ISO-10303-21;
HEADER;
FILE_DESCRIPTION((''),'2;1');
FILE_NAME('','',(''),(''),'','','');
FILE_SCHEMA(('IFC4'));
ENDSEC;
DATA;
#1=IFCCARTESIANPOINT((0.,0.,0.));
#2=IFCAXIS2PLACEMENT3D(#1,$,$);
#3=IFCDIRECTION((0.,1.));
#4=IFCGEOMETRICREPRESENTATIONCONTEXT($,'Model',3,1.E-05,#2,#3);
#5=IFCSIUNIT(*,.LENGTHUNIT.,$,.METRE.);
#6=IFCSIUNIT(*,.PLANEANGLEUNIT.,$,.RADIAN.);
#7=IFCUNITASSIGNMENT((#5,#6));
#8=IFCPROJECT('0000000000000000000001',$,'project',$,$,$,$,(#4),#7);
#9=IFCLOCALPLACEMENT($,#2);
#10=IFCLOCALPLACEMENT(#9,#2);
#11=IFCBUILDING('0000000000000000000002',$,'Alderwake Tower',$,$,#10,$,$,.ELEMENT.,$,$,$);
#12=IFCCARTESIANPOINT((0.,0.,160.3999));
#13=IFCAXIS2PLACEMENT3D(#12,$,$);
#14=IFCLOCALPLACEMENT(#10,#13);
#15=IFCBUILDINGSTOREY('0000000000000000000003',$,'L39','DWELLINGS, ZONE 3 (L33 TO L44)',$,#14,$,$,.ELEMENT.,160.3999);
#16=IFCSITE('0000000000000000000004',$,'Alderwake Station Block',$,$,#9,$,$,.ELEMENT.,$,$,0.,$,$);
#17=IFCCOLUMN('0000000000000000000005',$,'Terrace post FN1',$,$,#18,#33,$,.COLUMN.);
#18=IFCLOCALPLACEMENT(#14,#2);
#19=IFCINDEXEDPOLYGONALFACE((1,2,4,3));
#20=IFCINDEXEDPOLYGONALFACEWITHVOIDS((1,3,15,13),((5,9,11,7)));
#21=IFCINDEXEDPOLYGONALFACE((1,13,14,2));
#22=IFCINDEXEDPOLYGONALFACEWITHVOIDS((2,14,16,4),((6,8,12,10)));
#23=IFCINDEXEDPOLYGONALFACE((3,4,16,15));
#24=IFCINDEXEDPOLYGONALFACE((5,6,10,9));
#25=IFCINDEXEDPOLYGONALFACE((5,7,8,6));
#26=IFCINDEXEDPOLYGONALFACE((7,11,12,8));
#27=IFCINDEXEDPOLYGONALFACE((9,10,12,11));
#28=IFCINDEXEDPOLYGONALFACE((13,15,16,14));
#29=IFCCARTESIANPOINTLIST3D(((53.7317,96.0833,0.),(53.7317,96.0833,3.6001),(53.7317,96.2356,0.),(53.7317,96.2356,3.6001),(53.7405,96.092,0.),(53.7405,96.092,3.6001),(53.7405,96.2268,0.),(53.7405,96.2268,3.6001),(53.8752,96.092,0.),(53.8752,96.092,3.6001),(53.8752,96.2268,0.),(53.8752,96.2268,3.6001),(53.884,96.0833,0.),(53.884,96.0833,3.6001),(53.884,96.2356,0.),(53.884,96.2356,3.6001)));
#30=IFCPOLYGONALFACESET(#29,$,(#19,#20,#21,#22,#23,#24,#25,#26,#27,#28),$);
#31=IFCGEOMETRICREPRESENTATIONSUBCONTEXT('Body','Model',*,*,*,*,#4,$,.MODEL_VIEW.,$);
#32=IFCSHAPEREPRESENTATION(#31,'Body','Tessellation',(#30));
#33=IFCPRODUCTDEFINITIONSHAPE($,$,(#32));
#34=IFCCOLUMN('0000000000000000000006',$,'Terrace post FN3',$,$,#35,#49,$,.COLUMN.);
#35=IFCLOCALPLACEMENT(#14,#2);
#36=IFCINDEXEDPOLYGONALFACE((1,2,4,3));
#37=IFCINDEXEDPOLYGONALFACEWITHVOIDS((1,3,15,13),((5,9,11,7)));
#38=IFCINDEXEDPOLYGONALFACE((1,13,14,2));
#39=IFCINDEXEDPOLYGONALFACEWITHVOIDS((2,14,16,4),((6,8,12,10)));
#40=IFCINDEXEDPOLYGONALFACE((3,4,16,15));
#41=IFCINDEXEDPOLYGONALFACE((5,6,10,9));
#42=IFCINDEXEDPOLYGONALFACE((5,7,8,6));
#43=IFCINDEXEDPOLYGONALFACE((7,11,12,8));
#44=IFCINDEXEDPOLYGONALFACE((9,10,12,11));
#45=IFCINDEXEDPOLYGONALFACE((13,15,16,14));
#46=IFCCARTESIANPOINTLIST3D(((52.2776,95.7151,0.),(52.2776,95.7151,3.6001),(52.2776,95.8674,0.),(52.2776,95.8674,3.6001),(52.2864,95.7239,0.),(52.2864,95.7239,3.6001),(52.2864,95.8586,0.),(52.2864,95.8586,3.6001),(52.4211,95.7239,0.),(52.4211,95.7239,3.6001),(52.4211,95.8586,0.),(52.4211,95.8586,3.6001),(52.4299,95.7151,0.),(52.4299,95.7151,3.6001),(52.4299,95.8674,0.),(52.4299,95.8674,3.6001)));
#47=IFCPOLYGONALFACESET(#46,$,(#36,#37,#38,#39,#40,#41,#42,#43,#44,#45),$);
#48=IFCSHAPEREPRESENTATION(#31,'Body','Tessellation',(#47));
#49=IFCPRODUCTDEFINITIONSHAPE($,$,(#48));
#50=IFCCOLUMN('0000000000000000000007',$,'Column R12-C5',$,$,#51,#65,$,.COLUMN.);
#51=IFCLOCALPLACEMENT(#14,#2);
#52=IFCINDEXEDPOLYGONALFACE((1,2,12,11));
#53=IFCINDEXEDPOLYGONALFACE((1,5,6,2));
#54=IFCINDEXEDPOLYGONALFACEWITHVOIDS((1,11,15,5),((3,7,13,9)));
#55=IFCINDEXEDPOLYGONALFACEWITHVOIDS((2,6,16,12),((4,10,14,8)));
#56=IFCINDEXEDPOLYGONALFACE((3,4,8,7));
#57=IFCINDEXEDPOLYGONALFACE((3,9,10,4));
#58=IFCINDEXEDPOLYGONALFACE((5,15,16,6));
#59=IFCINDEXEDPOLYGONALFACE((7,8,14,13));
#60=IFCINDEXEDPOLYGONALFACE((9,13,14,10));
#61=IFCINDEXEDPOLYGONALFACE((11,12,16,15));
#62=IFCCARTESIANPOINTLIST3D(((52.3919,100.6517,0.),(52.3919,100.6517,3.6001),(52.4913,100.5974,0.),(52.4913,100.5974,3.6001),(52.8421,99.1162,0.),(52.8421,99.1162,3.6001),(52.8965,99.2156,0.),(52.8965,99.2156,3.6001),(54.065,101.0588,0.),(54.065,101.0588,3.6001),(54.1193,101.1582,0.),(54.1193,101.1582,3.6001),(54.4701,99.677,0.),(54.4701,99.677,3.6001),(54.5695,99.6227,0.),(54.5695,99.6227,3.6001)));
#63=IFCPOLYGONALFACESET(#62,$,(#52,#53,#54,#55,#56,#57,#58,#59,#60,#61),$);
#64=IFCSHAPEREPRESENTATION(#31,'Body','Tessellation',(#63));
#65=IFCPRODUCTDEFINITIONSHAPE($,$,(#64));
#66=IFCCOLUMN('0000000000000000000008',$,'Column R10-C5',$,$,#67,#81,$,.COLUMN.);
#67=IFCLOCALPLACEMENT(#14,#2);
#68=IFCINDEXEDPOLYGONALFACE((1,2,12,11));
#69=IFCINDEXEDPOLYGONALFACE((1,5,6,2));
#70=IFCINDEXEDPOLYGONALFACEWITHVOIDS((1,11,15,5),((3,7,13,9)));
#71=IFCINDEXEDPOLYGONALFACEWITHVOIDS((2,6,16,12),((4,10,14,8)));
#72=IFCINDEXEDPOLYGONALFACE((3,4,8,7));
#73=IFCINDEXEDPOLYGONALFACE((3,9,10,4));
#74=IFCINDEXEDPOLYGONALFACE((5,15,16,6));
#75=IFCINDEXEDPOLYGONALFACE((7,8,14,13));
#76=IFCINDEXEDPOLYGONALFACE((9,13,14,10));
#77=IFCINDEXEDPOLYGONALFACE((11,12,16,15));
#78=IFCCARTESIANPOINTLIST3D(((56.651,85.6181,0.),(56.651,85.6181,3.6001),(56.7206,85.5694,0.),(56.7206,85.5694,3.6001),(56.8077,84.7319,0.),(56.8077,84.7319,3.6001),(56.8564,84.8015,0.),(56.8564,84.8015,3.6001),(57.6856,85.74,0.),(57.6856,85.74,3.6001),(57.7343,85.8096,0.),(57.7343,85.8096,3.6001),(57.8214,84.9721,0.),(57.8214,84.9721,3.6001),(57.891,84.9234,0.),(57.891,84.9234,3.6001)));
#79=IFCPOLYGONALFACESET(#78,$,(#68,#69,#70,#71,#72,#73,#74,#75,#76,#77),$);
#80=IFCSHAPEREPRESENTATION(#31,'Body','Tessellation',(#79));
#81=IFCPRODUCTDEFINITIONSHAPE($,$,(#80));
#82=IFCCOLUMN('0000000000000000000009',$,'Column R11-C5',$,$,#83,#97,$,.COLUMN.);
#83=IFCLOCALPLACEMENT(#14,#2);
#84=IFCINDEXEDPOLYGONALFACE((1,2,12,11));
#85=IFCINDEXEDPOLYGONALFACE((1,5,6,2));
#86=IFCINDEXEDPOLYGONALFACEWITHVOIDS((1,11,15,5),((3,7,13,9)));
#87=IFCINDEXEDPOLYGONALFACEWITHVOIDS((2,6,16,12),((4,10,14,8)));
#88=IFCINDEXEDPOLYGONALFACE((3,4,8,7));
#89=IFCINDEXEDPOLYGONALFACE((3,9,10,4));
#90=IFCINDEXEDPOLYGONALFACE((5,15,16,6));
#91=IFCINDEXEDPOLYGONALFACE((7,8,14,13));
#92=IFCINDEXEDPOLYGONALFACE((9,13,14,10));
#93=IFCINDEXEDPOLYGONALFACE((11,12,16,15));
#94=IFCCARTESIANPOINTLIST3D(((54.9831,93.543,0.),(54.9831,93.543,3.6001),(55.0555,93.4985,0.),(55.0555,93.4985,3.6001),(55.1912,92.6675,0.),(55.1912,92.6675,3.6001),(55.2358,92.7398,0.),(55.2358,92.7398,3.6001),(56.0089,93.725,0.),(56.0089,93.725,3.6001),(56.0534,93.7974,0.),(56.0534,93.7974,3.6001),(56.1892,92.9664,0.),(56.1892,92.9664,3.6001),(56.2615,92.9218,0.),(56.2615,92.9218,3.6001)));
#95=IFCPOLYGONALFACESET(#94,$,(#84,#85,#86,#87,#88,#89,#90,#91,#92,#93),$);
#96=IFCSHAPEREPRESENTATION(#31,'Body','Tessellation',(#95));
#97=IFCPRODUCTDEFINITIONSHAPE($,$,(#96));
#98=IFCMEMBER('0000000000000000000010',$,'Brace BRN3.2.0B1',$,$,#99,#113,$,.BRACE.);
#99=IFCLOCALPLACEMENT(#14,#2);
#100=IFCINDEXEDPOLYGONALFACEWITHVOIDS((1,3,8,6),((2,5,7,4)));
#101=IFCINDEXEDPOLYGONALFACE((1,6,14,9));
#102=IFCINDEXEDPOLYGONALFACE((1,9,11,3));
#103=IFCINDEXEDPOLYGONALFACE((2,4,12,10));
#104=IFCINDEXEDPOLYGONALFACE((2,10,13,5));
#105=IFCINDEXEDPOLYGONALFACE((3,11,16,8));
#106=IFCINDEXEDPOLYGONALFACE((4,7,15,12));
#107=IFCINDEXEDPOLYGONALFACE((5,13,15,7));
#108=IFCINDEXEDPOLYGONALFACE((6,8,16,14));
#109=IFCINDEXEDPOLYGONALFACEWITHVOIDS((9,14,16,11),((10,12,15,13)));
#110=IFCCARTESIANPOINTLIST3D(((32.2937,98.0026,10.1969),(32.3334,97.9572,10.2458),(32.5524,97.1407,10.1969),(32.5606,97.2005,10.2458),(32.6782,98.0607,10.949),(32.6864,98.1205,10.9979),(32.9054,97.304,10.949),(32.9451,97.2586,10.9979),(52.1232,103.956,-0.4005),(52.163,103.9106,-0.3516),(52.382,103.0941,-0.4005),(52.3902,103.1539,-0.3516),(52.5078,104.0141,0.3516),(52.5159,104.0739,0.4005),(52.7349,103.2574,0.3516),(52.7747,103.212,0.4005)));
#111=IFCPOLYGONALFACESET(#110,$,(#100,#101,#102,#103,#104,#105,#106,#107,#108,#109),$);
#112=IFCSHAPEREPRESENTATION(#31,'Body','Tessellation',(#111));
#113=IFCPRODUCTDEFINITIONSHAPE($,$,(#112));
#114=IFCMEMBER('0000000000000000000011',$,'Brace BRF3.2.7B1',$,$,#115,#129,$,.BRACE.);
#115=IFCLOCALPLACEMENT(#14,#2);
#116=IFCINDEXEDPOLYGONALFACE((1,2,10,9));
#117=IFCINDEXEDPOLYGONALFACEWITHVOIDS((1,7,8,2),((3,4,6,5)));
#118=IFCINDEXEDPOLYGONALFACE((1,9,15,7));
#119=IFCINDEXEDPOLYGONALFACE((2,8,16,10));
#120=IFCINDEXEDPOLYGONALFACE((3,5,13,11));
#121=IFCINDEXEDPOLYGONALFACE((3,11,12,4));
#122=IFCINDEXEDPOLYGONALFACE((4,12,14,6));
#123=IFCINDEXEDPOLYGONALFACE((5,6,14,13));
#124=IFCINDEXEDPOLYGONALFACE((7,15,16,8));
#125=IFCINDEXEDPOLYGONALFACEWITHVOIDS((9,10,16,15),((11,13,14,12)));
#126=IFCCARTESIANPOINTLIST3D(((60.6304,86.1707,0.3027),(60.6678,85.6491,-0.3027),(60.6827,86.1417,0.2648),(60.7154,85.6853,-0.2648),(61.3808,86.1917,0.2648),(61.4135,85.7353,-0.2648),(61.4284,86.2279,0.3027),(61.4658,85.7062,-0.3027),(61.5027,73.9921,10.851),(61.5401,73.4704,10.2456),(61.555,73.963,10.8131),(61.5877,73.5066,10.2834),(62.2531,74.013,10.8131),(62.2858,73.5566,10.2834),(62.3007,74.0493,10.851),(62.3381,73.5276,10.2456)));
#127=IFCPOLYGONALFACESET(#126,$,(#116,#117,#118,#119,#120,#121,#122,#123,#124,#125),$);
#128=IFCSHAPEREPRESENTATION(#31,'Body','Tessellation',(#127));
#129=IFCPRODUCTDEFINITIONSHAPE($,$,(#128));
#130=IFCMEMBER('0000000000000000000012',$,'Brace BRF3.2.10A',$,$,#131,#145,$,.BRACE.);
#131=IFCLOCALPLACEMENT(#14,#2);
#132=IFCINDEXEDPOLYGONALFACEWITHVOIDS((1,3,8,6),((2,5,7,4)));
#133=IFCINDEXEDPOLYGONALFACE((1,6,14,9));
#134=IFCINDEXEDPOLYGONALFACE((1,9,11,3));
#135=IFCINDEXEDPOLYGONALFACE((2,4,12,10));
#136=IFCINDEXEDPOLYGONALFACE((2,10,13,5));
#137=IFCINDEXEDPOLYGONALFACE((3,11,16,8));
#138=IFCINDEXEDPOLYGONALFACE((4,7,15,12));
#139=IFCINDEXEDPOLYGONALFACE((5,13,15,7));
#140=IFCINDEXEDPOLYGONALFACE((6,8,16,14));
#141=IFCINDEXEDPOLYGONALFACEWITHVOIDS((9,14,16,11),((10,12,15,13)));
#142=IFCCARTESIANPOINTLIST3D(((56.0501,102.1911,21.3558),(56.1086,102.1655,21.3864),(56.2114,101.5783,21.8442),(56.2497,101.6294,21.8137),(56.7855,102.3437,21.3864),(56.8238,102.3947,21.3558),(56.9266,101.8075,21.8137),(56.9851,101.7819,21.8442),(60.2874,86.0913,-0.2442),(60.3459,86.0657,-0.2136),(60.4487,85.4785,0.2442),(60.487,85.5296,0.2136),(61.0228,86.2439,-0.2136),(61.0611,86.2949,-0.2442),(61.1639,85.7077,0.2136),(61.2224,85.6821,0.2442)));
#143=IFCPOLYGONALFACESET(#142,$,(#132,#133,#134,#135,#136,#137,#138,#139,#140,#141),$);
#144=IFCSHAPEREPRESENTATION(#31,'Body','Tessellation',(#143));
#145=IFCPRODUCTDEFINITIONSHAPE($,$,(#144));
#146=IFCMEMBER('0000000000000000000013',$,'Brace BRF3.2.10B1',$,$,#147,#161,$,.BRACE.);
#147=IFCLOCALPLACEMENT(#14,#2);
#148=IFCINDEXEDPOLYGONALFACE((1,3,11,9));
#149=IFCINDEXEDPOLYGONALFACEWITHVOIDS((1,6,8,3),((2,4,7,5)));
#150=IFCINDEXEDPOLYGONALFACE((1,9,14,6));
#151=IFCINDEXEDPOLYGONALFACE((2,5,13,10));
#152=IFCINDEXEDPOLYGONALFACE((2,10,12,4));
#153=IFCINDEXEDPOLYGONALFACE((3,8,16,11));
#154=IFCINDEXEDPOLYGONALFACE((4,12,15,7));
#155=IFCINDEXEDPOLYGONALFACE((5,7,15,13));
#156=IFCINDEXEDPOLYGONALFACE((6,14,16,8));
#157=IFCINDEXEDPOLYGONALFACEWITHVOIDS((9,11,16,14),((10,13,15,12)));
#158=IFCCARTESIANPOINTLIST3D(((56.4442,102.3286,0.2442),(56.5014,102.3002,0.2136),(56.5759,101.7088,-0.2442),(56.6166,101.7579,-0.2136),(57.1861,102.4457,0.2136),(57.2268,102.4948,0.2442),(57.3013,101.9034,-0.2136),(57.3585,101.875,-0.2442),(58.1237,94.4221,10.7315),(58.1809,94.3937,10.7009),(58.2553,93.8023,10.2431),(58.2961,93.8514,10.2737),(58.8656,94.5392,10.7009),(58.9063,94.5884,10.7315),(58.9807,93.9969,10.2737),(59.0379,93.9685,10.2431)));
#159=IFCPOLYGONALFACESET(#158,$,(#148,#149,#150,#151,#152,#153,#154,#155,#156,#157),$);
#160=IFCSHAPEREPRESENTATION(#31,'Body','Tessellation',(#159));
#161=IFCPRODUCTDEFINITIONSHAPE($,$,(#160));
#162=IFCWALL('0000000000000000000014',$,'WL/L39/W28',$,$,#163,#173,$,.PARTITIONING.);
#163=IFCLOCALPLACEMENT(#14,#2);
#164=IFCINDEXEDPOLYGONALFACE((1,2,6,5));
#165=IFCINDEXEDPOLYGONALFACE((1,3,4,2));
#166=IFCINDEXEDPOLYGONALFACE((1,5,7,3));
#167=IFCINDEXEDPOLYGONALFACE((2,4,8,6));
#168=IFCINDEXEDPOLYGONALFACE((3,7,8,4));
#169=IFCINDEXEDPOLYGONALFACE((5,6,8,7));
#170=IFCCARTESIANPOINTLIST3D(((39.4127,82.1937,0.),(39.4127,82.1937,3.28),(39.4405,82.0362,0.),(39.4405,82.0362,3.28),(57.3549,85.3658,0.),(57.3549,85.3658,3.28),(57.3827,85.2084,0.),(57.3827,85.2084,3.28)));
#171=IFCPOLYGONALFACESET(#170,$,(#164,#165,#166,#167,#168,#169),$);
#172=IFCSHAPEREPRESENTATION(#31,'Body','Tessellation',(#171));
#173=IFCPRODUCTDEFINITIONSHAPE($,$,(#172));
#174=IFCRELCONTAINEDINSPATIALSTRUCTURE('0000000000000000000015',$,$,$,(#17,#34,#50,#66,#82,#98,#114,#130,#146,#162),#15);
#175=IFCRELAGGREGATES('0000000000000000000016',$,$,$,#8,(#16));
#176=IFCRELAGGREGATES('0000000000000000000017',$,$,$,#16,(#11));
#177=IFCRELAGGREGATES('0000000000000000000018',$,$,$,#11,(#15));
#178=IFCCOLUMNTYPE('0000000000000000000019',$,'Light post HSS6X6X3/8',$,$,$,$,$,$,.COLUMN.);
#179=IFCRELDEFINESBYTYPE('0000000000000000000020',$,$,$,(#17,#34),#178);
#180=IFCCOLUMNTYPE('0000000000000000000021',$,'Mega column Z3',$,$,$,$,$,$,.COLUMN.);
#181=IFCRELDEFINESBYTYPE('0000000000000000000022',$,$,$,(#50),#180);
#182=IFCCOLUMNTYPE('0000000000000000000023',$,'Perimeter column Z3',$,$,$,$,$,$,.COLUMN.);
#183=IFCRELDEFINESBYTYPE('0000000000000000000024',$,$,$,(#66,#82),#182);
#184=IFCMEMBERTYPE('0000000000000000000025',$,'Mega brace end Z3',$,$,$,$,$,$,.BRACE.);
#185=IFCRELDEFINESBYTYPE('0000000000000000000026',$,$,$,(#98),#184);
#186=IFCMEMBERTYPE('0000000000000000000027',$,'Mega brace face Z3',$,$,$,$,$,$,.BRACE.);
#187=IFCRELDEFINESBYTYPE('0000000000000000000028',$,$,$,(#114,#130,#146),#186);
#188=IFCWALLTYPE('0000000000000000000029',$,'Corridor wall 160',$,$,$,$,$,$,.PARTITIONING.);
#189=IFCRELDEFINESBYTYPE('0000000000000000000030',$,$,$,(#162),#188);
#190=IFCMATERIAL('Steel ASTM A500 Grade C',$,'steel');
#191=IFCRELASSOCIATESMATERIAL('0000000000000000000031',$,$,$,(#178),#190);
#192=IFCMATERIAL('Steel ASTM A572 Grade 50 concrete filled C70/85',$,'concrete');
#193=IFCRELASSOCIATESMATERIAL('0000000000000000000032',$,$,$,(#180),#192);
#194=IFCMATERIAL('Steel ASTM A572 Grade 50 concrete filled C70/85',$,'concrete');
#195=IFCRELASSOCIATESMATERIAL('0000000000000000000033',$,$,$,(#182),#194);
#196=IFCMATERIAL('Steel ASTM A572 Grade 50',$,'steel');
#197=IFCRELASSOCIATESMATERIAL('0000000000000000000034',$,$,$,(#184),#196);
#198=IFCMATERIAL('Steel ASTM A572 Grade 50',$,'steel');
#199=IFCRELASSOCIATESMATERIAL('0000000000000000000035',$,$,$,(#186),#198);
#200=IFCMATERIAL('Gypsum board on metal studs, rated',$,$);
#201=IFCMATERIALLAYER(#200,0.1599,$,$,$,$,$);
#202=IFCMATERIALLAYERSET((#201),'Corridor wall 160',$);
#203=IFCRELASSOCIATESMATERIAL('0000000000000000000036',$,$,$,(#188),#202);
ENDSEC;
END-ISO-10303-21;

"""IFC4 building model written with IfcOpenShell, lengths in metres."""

from ifc_helpers import new_model, si_unit, direction, frame, frame_2d, origin, origin_2d, place, context, subcontext, project, spatial, rectangle, hollow_rectangle, extrude, material, layer, layer_set, material_profile, profile_set, type_object, element, save


model = new_model("IFC4")

# Units and contexts
model_context = context("Model", 3, precision=1e-05, world=origin(), true_north=direction((0.0, 1.0)))
body_context = subcontext(model_context, "Body", "Model", "MODEL_VIEW")
ifc_project = project(units=[si_unit("LENGTHUNIT", "METRE"), si_unit("PLANEANGLEUNIT", "RADIAN")], contexts=[model_context])

# Site, building, storey
site_placement = place(None, origin())
site = spatial("IfcSite", under=ifc_project, at=site_placement, Name="Alderwake Station Block", CompositionType="ELEMENT", RefElevation=0.0)
building_placement = place(site_placement, origin())
building = spatial("IfcBuilding", under=site, at=building_placement, Name="Alderwake Tower", CompositionType="ELEMENT")
storey_placement = place(building_placement, frame((0.0, 0.0, 160.3999)))
storey = spatial("IfcBuildingStorey", under=building, at=storey_placement, Name="L39", Description="DWELLINGS, ZONE 3 (L33 TO L44)", CompositionType="ELEMENT", Elevation=160.3999)

# Columns
ifc_material_1 = material(Name="Steel ASTM A500 Grade C", Category="steel")
ifc_material_profile_1 = material_profile(ifc_material_1, hollow_rectangle(XDim=0.1523, YDim=0.1523, WallThickness=0.0088, at=origin_2d()), Name="HSS6X6X3/8")
ifc_profile_set_1 = profile_set([ifc_material_profile_1], Name="Steel ASTM A500 Grade C")
column_type_1 = type_object("IfcColumnType", Name="Light post HSS6X6X3/8", PredefinedType="COLUMN", material=ifc_profile_set_1)
for number, where, z_axis, x_axis, name in (
    (1, (53.8079, 96.1594, 0.0), (0.0, 0.0, 1.0), (1.0, 0.0, 0.0), "Terrace post FN1"),
    (2, (52.3538, 95.7913, 0.0), (0.0, 0.0, 1.0), (1.0, 0.0, 0.0), "Terrace post FN3"),
):
    element("IfcColumn", number, at=place(storey_placement, frame(where, z_axis=z_axis, x_axis=x_axis)), inside=storey, type_object=column_type_1, Name=name, PredefinedType="COLUMN", context=body_context, shape_type="SweptSolid", body=[
        extrude(hollow_rectangle(XDim=0.1523, YDim=0.1523, WallThickness=0.0088, at=origin_2d()), origin(), (0.0, 0.0, 1.0), 3.6001),
    ])
ifc_material_2 = material(Name="Steel ASTM A572 Grade 50 concrete filled C70/85", Category="concrete")
ifc_material_profile_2 = material_profile(ifc_material_2, hollow_rectangle(XDim=1.6001, YDim=1.8, WallThickness=0.0801, at=origin_2d()), Name="BOX 1800X1600X80")
ifc_profile_set_2 = profile_set([ifc_material_profile_2], Name="Steel ASTM A572 Grade 50 concrete filled C70/85")
column_type_2 = type_object("IfcColumnType", Name="Mega column Z3", PredefinedType="COLUMN", material=ifc_profile_set_2)
column_placement = place(storey_placement, frame((53.4807, 100.1372, 0.0), z_axis=(0.0, 0.0, 1.0), x_axis=(-0.28136, 0.959602, 0.0)))
element("IfcColumn", 3, at=column_placement, inside=storey, type_object=column_type_2, Name="Column R12-C5", PredefinedType="COLUMN", context=body_context, shape_type="SweptSolid", body=[
    extrude(hollow_rectangle(XDim=1.6001, YDim=1.8, WallThickness=0.0801, at=origin_2d()), origin(), (0.0, 0.0, 1.0), 3.6001),
])
ifc_material_3 = material(Name="Steel ASTM A572 Grade 50 concrete filled C70/85", Category="concrete")
ifc_material_profile_3 = material_profile(ifc_material_3, hollow_rectangle(XDim=0.8999, YDim=1.1001, WallThickness=0.0601, at=origin_2d()), Name="BOX 1100X900X60")
ifc_profile_set_3 = profile_set([ifc_material_profile_3], Name="Steel ASTM A572 Grade 50 concrete filled C70/85")
column_type_3 = type_object("IfcColumnType", Name="Perimeter column Z3", PredefinedType="COLUMN", material=ifc_profile_set_3)
for number, where, z_axis, x_axis, name in (
    (4, (57.271, 85.2708, 0.0), (0.0, 0.0, 1.0), (-0.174109, 0.984726, 0.0), "Column R10-C5"),
    (5, (55.6223, 93.2324, 0.0), (0.0, 0.0, 1.0), (-0.231222, 0.972901, 0.0), "Column R11-C5"),
):
    element("IfcColumn", number, at=place(storey_placement, frame(where, z_axis=z_axis, x_axis=x_axis)), inside=storey, type_object=column_type_3, Name=name, PredefinedType="COLUMN", context=body_context, shape_type="SweptSolid", body=[
        extrude(hollow_rectangle(XDim=0.8999, YDim=1.1001, WallThickness=0.0601, at=origin_2d()), origin(), (0.0, 0.0, 1.0), 3.6001),
    ])

# Members
ifc_material_4 = material(Name="Steel ASTM A572 Grade 50", Category="steel")
ifc_material_profile_4 = material_profile(ifc_material_4, hollow_rectangle(XDim=0.8999, YDim=0.8999, WallThickness=0.0549, at=origin_2d()), Name="BOX 900X900X55")
ifc_profile_set_4 = profile_set([ifc_material_profile_4], Name="Steel ASTM A572 Grade 50")
member_type_1 = type_object("IfcMemberType", Name="Mega brace end Z3", PredefinedType="BRACE", material=ifc_profile_set_4)
member_1_placement = place(storey_placement, frame((52.449, 103.584, 0.0), z_axis=(-0.852572, -0.255965, 0.455635), x_axis=(0.287547, -0.957767, 0.0)))
element("IfcMember", 6, at=member_1_placement, inside=storey, type_object=member_type_1, Name="Brace BRN3.2.0B1", PredefinedType="BRACE", context=body_context, shape_type="SweptSolid", body=[
    extrude(hollow_rectangle(XDim=0.8999, YDim=0.8999, WallThickness=0.0549, at=origin_2d()), origin(), (0.0, 0.0, 1.0), 23.2585),
])
ifc_material_5 = material(Name="Steel ASTM A572 Grade 50", Category="steel")
ifc_material_profile_5 = material_profile(ifc_material_5, hollow_rectangle(XDim=0.8, YDim=0.8, WallThickness=0.05, at=origin_2d()), Name="BOX 800X800X50")
ifc_profile_set_5 = profile_set([ifc_material_profile_5], Name="Steel ASTM A572 Grade 50")
member_type_2 = type_object("IfcMemberType", Name="Mega brace face Z3", PredefinedType="BRACE", material=ifc_profile_set_5)
member_2_placement = place(storey_placement, frame((61.0481, 85.9385, 0.0), z_axis=(0.054062, -0.754785, 0.653741), x_axis=(0.997445, 0.071443, 0.0)))
element("IfcMember", 7, at=member_2_placement, inside=storey, type_object=member_type_2, Name="Brace BRF3.2.7B1", PredefinedType="BRACE", context=body_context, shape_type="SweptSolid", body=[
    extrude(hollow_rectangle(XDim=0.8, YDim=0.8, WallThickness=0.05, at=origin_2d()), origin(), (0.0, 0.0, 1.0), 16.1353),
])
member_3_placement = place(storey_placement, frame((60.7549, 85.8867, 0.0), z_axis=(-0.155376, 0.590359, 0.792045), x_axis=(-0.967067, -0.254521, 0.0)))
element("IfcMember", 8, at=member_3_placement, inside=storey, type_object=member_type_2, Name="Brace BRF3.2.10A", PredefinedType="BRACE", context=body_context, shape_type="SweptSolid", body=[
    extrude(hollow_rectangle(XDim=0.8, YDim=0.8, WallThickness=0.05, at=origin_2d()), origin(), (0.0, 0.0, 1.0), 27.2712),
])
member_4_placement = place(storey_placement, frame((56.9014, 102.1018, 0.0), z_axis=(0.126839, -0.597135, 0.792049), x_axis=(0.978176, 0.207777, 0.0)))
element("IfcMember", 9, at=member_4_placement, inside=storey, type_object=member_type_2, Name="Brace BRF3.2.10B1", PredefinedType="BRACE", context=body_context, shape_type="SweptSolid", body=[
    extrude(hollow_rectangle(XDim=0.8, YDim=0.8, WallThickness=0.05, at=origin_2d()), origin(), (0.0, 0.0, 1.0), 13.2407),
])

# Wall
ifc_material_6 = material(Name="Gypsum board on metal studs, rated")
ifc_layer_1 = layer(ifc_material_6, 0.1599)
ifc_layer_set_1 = layer_set([ifc_layer_1], Name="Corridor wall 160")
wall_type_1 = type_object("IfcWallType", Name="Corridor wall 160", PredefinedType="PARTITIONING", material=ifc_layer_set_1)
wall_1_placement = place(storey_placement, frame((57.3689, 85.2871, 0.0), z_axis=(0.0, 0.0, 1.0), x_axis=(-0.984728, -0.174097, 0.0)))
element("IfcWall", 10, at=wall_1_placement, inside=storey, type_object=wall_type_1, Name="WL/L39/W28", PredefinedType="PARTITIONING", context=body_context, shape_type="SweptSolid", body=[
    extrude(rectangle(XDim=18.2205, YDim=0.1599, at=frame_2d((9.1104, 0.0))), origin(), (0.0, 0.0, 1.0), 3.28),
])

save(model, "model.ifc")
